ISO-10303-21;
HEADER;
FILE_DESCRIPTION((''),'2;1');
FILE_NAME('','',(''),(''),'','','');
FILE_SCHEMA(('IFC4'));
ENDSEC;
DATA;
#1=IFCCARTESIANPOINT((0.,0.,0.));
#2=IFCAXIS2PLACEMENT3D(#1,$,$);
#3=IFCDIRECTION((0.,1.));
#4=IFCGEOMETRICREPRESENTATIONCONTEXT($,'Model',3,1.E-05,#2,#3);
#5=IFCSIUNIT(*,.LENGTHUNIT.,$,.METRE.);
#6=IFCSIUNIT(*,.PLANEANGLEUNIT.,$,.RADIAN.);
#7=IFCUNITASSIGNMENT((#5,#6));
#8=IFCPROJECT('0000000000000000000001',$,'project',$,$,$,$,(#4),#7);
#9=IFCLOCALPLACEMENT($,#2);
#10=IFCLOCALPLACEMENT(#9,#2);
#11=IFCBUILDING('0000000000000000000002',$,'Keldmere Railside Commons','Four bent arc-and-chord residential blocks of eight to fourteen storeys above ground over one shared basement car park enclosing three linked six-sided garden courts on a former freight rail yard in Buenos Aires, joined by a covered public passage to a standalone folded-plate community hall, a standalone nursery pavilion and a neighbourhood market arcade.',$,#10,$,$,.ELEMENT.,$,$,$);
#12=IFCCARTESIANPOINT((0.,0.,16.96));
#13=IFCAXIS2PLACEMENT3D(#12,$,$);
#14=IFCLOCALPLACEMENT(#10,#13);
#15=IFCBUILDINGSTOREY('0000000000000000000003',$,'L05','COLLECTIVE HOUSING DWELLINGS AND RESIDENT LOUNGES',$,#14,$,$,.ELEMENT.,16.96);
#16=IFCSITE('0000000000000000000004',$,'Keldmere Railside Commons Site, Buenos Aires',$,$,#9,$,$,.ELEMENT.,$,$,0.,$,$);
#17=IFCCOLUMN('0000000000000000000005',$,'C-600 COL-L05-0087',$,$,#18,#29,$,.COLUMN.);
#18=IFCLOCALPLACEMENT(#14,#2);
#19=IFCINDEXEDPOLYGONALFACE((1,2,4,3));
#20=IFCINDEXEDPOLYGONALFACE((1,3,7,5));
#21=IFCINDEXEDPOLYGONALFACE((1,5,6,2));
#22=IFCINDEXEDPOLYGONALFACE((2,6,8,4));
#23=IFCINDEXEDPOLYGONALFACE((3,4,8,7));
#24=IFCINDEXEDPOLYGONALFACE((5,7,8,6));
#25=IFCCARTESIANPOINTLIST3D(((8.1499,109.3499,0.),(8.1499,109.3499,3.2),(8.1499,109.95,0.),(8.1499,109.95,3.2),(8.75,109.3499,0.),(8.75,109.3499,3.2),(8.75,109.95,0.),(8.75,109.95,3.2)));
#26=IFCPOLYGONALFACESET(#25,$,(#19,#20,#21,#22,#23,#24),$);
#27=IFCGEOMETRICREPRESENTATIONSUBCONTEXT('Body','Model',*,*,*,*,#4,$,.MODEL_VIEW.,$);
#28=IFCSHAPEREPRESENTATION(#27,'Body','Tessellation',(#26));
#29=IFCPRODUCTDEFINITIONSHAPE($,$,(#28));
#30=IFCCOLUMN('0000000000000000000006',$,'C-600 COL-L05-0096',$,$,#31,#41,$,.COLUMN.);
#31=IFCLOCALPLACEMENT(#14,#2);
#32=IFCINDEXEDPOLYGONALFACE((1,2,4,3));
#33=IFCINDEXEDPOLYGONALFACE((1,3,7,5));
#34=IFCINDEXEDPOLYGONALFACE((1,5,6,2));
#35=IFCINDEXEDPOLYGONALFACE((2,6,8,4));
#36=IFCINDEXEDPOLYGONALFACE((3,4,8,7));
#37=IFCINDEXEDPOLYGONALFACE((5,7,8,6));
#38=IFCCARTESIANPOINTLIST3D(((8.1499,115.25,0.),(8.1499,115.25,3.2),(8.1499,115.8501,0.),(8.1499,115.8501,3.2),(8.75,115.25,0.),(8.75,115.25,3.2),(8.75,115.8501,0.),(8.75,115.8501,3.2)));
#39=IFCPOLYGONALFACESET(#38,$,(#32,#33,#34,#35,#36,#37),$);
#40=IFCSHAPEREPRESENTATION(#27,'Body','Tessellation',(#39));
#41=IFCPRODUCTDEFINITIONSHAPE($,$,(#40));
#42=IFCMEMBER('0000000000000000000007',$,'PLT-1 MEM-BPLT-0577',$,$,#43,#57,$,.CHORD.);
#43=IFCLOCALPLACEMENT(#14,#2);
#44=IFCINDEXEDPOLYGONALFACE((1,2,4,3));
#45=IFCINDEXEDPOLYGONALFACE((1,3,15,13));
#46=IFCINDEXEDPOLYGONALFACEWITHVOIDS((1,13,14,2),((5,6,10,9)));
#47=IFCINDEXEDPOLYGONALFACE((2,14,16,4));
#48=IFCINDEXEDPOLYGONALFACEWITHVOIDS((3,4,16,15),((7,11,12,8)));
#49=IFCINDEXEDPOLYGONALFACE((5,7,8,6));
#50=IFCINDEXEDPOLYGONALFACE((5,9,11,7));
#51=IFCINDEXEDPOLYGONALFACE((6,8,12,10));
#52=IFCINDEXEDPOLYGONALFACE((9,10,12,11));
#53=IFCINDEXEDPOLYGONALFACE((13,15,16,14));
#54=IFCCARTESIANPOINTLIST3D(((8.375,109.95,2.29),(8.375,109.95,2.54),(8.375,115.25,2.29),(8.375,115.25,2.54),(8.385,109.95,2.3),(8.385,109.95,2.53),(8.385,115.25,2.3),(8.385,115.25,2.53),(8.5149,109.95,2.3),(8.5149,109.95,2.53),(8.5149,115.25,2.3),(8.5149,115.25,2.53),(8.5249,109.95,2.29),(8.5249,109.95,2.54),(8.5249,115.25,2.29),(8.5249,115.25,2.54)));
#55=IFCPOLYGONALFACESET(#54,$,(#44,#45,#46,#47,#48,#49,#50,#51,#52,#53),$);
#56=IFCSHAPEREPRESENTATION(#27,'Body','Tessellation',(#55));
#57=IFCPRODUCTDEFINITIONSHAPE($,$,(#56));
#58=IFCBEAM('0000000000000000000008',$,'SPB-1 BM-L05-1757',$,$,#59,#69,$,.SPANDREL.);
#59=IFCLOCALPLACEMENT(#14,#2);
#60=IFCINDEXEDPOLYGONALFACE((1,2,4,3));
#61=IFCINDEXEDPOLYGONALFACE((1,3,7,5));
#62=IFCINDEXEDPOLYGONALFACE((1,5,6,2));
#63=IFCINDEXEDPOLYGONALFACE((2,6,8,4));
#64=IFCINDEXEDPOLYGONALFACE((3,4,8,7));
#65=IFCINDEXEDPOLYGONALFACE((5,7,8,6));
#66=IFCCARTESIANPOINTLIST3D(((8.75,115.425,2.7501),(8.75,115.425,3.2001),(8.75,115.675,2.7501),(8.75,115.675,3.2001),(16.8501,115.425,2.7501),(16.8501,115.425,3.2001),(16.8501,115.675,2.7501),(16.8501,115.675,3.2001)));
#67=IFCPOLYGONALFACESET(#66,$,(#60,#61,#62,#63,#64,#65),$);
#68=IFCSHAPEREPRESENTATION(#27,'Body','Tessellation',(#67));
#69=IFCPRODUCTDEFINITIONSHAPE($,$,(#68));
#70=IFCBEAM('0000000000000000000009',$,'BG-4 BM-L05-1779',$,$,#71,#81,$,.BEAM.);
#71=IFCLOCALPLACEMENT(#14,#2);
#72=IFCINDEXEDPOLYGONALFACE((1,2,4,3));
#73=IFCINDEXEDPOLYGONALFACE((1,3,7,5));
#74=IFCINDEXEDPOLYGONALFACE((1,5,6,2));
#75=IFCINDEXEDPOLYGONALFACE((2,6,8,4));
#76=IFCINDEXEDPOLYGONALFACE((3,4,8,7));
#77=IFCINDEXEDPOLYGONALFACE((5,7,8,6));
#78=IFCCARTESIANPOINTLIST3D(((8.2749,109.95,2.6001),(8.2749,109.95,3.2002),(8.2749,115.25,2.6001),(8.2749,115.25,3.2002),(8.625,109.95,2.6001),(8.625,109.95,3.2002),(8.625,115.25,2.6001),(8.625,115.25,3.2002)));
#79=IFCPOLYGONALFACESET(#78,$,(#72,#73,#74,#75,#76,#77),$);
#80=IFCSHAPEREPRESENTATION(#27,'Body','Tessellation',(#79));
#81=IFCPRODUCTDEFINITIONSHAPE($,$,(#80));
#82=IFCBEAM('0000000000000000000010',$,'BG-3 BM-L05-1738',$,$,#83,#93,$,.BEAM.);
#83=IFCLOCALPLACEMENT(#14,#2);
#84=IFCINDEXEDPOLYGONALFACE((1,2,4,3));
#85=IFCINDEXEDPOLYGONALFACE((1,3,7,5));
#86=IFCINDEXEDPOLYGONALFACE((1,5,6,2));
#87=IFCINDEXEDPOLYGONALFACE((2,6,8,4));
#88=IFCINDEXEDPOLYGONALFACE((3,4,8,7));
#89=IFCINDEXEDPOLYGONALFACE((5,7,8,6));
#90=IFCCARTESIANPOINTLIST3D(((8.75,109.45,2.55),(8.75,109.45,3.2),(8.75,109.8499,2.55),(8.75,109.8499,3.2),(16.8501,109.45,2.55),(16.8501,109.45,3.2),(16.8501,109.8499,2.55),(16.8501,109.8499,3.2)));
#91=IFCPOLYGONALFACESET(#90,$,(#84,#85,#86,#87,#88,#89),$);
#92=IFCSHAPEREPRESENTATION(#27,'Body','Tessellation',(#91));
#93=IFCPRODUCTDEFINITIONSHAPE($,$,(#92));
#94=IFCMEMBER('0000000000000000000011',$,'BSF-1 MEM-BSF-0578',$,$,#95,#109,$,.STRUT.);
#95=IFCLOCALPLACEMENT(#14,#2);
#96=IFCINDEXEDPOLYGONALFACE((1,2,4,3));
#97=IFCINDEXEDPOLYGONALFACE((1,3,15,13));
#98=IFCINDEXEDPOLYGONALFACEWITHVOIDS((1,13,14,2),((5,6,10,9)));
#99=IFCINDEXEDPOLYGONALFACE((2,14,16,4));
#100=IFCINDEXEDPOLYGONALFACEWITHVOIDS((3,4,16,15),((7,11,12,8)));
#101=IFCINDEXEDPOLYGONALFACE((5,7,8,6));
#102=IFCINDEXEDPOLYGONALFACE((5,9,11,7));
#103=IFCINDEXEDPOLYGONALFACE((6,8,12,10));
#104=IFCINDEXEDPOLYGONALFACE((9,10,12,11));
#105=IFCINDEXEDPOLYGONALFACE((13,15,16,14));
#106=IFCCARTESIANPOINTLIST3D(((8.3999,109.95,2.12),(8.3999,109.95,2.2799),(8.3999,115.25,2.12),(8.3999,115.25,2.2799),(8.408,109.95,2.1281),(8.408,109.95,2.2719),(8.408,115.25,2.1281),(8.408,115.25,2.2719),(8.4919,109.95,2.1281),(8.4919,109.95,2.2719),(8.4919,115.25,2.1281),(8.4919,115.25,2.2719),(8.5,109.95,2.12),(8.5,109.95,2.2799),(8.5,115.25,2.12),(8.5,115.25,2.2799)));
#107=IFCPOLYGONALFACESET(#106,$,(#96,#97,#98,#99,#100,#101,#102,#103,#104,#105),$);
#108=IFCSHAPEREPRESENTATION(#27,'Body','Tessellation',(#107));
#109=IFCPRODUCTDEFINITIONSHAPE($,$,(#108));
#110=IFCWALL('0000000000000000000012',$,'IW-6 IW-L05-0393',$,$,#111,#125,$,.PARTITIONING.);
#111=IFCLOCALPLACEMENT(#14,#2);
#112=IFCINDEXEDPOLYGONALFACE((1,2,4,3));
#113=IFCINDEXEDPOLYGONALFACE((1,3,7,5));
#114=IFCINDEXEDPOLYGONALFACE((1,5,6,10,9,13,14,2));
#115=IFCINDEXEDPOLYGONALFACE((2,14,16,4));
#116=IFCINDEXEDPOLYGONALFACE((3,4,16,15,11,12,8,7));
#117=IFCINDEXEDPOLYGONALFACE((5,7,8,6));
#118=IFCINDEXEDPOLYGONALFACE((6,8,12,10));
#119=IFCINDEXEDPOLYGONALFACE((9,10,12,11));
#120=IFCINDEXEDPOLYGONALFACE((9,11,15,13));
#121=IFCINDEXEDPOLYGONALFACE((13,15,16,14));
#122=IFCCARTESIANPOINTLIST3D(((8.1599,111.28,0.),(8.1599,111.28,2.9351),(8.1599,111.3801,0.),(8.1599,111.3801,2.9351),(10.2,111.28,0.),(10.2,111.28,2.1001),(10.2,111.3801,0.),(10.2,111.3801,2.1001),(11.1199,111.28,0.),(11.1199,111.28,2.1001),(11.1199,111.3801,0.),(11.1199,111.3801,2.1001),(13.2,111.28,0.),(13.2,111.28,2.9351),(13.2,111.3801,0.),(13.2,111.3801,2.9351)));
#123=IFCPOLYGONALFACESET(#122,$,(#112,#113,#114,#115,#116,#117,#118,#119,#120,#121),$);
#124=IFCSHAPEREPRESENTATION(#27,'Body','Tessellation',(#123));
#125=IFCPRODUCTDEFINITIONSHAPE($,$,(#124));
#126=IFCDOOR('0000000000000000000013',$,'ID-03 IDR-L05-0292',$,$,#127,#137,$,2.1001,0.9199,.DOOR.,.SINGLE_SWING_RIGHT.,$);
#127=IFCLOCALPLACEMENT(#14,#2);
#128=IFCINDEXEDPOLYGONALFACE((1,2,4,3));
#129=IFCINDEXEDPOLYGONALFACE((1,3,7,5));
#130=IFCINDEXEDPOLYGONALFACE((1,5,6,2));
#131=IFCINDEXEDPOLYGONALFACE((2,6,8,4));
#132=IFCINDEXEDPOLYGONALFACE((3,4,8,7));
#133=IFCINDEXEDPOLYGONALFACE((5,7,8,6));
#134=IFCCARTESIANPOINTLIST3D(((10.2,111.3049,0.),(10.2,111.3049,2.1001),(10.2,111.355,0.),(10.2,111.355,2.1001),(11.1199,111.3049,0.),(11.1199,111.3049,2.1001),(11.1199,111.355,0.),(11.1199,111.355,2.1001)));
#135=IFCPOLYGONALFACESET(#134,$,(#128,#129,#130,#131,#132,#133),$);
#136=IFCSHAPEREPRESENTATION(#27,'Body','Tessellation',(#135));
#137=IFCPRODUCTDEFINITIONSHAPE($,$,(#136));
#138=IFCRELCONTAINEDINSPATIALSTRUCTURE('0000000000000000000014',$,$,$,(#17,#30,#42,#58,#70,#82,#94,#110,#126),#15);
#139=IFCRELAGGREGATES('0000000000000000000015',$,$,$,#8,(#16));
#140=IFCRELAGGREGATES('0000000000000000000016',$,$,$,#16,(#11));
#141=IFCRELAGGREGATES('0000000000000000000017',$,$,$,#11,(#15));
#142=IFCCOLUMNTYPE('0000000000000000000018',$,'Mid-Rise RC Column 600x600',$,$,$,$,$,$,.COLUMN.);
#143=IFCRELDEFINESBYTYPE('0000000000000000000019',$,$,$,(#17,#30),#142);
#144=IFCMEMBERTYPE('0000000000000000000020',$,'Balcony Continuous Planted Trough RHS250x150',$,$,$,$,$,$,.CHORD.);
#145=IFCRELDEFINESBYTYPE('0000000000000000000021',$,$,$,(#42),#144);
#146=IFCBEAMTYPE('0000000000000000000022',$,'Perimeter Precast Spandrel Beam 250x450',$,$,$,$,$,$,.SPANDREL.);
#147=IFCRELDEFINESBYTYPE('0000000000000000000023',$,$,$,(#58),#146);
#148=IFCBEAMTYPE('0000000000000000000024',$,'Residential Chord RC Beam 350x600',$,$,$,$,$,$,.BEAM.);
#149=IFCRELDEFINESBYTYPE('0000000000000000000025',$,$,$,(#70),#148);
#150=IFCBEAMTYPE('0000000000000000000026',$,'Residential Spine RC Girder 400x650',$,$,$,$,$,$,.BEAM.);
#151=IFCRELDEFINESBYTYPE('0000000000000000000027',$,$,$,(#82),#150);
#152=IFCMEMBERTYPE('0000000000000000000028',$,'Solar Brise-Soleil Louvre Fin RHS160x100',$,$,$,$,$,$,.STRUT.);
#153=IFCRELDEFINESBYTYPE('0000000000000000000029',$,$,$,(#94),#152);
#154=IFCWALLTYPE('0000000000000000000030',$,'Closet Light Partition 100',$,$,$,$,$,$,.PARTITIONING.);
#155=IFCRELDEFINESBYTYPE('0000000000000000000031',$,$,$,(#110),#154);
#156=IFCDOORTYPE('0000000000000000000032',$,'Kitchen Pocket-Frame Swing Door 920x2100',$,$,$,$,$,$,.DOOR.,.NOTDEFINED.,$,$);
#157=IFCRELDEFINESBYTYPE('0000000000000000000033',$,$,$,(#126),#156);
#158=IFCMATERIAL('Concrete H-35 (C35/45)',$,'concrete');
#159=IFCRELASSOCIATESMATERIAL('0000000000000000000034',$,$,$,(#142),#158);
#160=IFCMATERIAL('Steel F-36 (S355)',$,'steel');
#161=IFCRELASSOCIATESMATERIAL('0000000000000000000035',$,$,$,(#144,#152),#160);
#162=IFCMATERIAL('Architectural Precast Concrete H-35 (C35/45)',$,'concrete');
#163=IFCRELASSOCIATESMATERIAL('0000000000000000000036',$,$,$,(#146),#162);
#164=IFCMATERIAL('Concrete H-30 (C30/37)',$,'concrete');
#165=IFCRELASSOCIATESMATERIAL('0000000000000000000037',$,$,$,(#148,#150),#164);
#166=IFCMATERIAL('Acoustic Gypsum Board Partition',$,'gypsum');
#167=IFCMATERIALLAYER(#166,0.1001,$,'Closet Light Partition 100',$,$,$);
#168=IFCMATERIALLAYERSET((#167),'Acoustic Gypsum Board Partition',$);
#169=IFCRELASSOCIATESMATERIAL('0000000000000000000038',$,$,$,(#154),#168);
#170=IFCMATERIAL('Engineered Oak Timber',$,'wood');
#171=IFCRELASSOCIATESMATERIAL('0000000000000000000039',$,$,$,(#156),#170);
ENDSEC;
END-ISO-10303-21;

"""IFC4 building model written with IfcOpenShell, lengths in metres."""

from ifc_helpers import new_model, si_unit, direction, frame, frame_2d, origin, origin_2d, place, context, subcontext, project, spatial, rectangle, hollow_rectangle, extrude, material, layer, layer_set, material_profile, profile_set, type_object, element, fill, save


model = new_model("IFC4")

# Units and contexts
model_context = context("Model", 3, precision=1e-05, world=origin(), true_north=direction((0.0, 1.0)))
body_context = subcontext(model_context, "Body", "Model", "MODEL_VIEW")
ifc_project = project(units=[si_unit("LENGTHUNIT", "METRE"), si_unit("PLANEANGLEUNIT", "RADIAN")], contexts=[model_context])

# Site, building, storey
site_placement = place(None, origin())
site = spatial("IfcSite", under=ifc_project, at=site_placement, Name="Keldmere Railside Commons Site, Buenos Aires", CompositionType="ELEMENT", RefElevation=0.0)
building_placement = place(site_placement, origin())
building = spatial("IfcBuilding", under=site, at=building_placement, Name="Keldmere Railside Commons", Description="Four bent arc-and-chord residential blocks of eight to fourteen storeys above ground over one shared basement car park enclosing three linked six-sided garden courts on a former freight rail yard in Buenos Aires, joined by a covered public passage to a standalone folded-plate community hall, a standalone nursery pavilion and a neighbourhood market arcade.", CompositionType="ELEMENT")
storey_placement = place(building_placement, frame((0.0, 0.0, 16.96)))
storey = spatial("IfcBuildingStorey", under=building, at=storey_placement, Name="L05", Description="COLLECTIVE HOUSING DWELLINGS AND RESIDENT LOUNGES", CompositionType="ELEMENT", Elevation=16.96)

# Columns
ifc_material_1 = material(Name="Concrete H-35 (C35/45)", Category="concrete")
ifc_material_profile_1 = material_profile(ifc_material_1, rectangle(XDim=0.6001, YDim=0.6001, at=origin_2d()), Name="RC-600x600")
ifc_profile_set_1 = profile_set([ifc_material_profile_1], Name="Concrete H-35 (C35/45)")
column_type = type_object("IfcColumnType", Name="Mid-Rise RC Column 600x600", PredefinedType="COLUMN", material=ifc_profile_set_1)
for number, where, z_axis, x_axis, name in (
    (1, (8.45, 109.6499, 0.0), (0.0, 0.0, 1.0), (1.0, 0.0, 0.0), "C-600 COL-L05-0087"),
    (2, (8.45, 115.55, 0.0), (0.0, 0.0, 1.0), (1.0, 0.0, 0.0), "C-600 COL-L05-0096"),
):
    element("IfcColumn", number, at=place(storey_placement, frame(where, z_axis=z_axis, x_axis=x_axis)), inside=storey, type_object=column_type, Name=name, PredefinedType="COLUMN", context=body_context, shape_type="SweptSolid", body=[
        extrude(rectangle(XDim=0.6001, YDim=0.6001, at=origin_2d()), origin(), (0.0, 0.0, 1.0), 3.2),
    ])

# Member
ifc_material_2 = material(Name="Steel F-36 (S355)", Category="steel")
ifc_material_profile_2 = material_profile(ifc_material_2, hollow_rectangle(XDim=0.1499, YDim=0.25, WallThickness=0.01, at=origin_2d()), Name="RHS-250x150x10")
ifc_profile_set_2 = profile_set([ifc_material_profile_2], Name="Steel F-36 (S355)")
member_type_1 = type_object("IfcMemberType", Name="Balcony Continuous Planted Trough RHS250x150", PredefinedType="CHORD", material=ifc_profile_set_2)
member_1_placement = place(storey_placement, frame((8.45, 109.95, 2.415), z_axis=(0.0, 1.0, 0.0), x_axis=(-1.0, 0.0, 0.0)))
element("IfcMember", 3, at=member_1_placement, inside=storey, type_object=member_type_1, Name="PLT-1 MEM-BPLT-0577", PredefinedType="CHORD", context=body_context, shape_type="SweptSolid", body=[
    extrude(hollow_rectangle(XDim=0.1499, YDim=0.25, WallThickness=0.01, at=origin_2d()), origin(), (0.0, 0.0, 1.0), 5.3),
])

# Beams
ifc_material_3 = material(Name="Architectural Precast Concrete H-35 (C35/45)", Category="concrete")
ifc_material_profile_3 = material_profile(ifc_material_3, rectangle(XDim=0.25, YDim=0.45, at=origin_2d()), Name="RC-250x450")
ifc_profile_set_3 = profile_set([ifc_material_profile_3], Name="Architectural Precast Concrete H-35 (C35/45)")
beam_type_1 = type_object("IfcBeamType", Name="Perimeter Precast Spandrel Beam 250x450", PredefinedType="SPANDREL", material=ifc_profile_set_3)
beam_1_placement = place(storey_placement, frame((8.75, 115.55, 2.9751), z_axis=(1.0, 0.0, 0.0), x_axis=(0.0, 1.0, 0.0)))
element("IfcBeam", 4, at=beam_1_placement, inside=storey, type_object=beam_type_1, Name="SPB-1 BM-L05-1757", PredefinedType="SPANDREL", context=body_context, shape_type="SweptSolid", body=[
    extrude(rectangle(XDim=0.25, YDim=0.45, at=origin_2d()), origin(), (0.0, 0.0, 1.0), 8.1001),
])
ifc_material_4 = material(Name="Concrete H-30 (C30/37)", Category="concrete")
ifc_material_profile_4 = material_profile(ifc_material_4, rectangle(XDim=0.3501, YDim=0.6001, at=origin_2d()), Name="RC-350x600")
ifc_profile_set_4 = profile_set([ifc_material_profile_4], Name="Concrete H-30 (C30/37)")
beam_type_2 = type_object("IfcBeamType", Name="Residential Chord RC Beam 350x600", PredefinedType="BEAM", material=ifc_profile_set_4)
beam_2_placement = place(storey_placement, frame((8.45, 109.95, 2.9001), z_axis=(0.0, 1.0, 0.0), x_axis=(-1.0, 0.0, 0.0)))
element("IfcBeam", 5, at=beam_2_placement, inside=storey, type_object=beam_type_2, Name="BG-4 BM-L05-1779", PredefinedType="BEAM", context=body_context, shape_type="SweptSolid", body=[
    extrude(rectangle(XDim=0.3501, YDim=0.6001, at=origin_2d()), origin(), (0.0, 0.0, 1.0), 5.3),
])
ifc_material_profile_5 = material_profile(ifc_material_4, rectangle(XDim=0.3999, YDim=0.6499, at=origin_2d()), Name="RC-400x650")
ifc_profile_set_5 = profile_set([ifc_material_profile_5], Name="Concrete H-30 (C30/37)")
beam_type_3 = type_object("IfcBeamType", Name="Residential Spine RC Girder 400x650", PredefinedType="BEAM", material=ifc_profile_set_5)
beam_3_placement = place(storey_placement, frame((8.75, 109.6499, 2.875), z_axis=(1.0, 0.0, 0.0), x_axis=(0.0, 1.0, 0.0)))
element("IfcBeam", 6, at=beam_3_placement, inside=storey, type_object=beam_type_3, Name="BG-3 BM-L05-1738", PredefinedType="BEAM", context=body_context, shape_type="SweptSolid", body=[
    extrude(rectangle(XDim=0.3999, YDim=0.6499, at=origin_2d()), origin(), (0.0, 0.0, 1.0), 8.1001),
])

# Member
ifc_material_profile_6 = material_profile(ifc_material_2, hollow_rectangle(XDim=0.1001, YDim=0.1599, WallThickness=0.0081, at=origin_2d()), Name="RHS-160x100x8")
ifc_profile_set_6 = profile_set([ifc_material_profile_6], Name="Steel F-36 (S355)")
member_type_2 = type_object("IfcMemberType", Name="Solar Brise-Soleil Louvre Fin RHS160x100", PredefinedType="STRUT", material=ifc_profile_set_6)
member_2_placement = place(storey_placement, frame((8.45, 109.95, 2.2), z_axis=(0.0, 1.0, 0.0), x_axis=(-1.0, 0.0, 0.0)))
element("IfcMember", 7, at=member_2_placement, inside=storey, type_object=member_type_2, Name="BSF-1 MEM-BSF-0578", PredefinedType="STRUT", context=body_context, shape_type="SweptSolid", body=[
    extrude(hollow_rectangle(XDim=0.1001, YDim=0.1599, WallThickness=0.0081, at=origin_2d()), origin(), (0.0, 0.0, 1.0), 5.3),
])

# Wall, opening, door
ifc_material_5 = material(Name="Acoustic Gypsum Board Partition", Category="gypsum")
ifc_layer_1 = layer(ifc_material_5, 0.1001, Name="Closet Light Partition 100")
ifc_layer_set_1 = layer_set([ifc_layer_1], Name="Acoustic Gypsum Board Partition")
wall_type_1 = type_object("IfcWallType", Name="Closet Light Partition 100", PredefinedType="PARTITIONING", material=ifc_layer_set_1)
wall_1_placement = place(storey_placement, frame((8.1599, 111.3301, 0.0), z_axis=(0.0, 0.0, 1.0), x_axis=(1.0, 0.0, 0.0)))
wall_1 = element("IfcWall", 8, at=wall_1_placement, inside=storey, type_object=wall_type_1, Name="IW-6 IW-L05-0393", PredefinedType="PARTITIONING", context=body_context, shape_type="SweptSolid", body=[
    extrude(rectangle(XDim=5.04, YDim=0.1001, at=frame_2d((2.52, 0.0))), origin(), (0.0, 0.0, 1.0), 2.9351),
])
opening_1_placement = place(wall_1_placement, frame((2.04, 0.0, 0.0)))
opening_1 = element("IfcOpeningElement", 9, at=opening_1_placement, cuts=wall_1, PredefinedType="OPENING", context=body_context, shape_type="SweptSolid", body=[
    extrude(rectangle(XDim=0.9199, YDim=2.1001, at=frame_2d((0.46, 1.05))), frame((0.0, 0.0601, 0.0), z_axis=(0.0, -1.0, 0.0), x_axis=(1.0, 0.0, 0.0)), (0.0, 0.0, 1.0), 0.1201),
])
ifc_material_6 = material(Name="Engineered Oak Timber", Category="wood")
door_type_1 = type_object("IfcDoorType", Name="Kitchen Pocket-Frame Swing Door 920x2100", OperationType="NOTDEFINED", PredefinedType="DOOR", material=ifc_material_6)
door_1_placement = place(opening_1_placement, origin())
door_1 = element("IfcDoor", 10, at=door_1_placement, inside=storey, type_object=door_type_1, Name="ID-03 IDR-L05-0292", OperationType="SINGLE_SWING_RIGHT", OverallHeight=2.1001, OverallWidth=0.9199, PredefinedType="DOOR", context=body_context, shape_type="SweptSolid", body=[
    extrude(rectangle(XDim=0.9199, YDim=2.1001, at=frame_2d((0.46, 1.05))), frame((0.0, 0.0249, 0.0), z_axis=(0.0, -1.0, 0.0), x_axis=(1.0, 0.0, 0.0)), (0.0, 0.0, 1.0), 0.05),
])
fill(opening_1, door_1)

save(model, "model.ifc")
